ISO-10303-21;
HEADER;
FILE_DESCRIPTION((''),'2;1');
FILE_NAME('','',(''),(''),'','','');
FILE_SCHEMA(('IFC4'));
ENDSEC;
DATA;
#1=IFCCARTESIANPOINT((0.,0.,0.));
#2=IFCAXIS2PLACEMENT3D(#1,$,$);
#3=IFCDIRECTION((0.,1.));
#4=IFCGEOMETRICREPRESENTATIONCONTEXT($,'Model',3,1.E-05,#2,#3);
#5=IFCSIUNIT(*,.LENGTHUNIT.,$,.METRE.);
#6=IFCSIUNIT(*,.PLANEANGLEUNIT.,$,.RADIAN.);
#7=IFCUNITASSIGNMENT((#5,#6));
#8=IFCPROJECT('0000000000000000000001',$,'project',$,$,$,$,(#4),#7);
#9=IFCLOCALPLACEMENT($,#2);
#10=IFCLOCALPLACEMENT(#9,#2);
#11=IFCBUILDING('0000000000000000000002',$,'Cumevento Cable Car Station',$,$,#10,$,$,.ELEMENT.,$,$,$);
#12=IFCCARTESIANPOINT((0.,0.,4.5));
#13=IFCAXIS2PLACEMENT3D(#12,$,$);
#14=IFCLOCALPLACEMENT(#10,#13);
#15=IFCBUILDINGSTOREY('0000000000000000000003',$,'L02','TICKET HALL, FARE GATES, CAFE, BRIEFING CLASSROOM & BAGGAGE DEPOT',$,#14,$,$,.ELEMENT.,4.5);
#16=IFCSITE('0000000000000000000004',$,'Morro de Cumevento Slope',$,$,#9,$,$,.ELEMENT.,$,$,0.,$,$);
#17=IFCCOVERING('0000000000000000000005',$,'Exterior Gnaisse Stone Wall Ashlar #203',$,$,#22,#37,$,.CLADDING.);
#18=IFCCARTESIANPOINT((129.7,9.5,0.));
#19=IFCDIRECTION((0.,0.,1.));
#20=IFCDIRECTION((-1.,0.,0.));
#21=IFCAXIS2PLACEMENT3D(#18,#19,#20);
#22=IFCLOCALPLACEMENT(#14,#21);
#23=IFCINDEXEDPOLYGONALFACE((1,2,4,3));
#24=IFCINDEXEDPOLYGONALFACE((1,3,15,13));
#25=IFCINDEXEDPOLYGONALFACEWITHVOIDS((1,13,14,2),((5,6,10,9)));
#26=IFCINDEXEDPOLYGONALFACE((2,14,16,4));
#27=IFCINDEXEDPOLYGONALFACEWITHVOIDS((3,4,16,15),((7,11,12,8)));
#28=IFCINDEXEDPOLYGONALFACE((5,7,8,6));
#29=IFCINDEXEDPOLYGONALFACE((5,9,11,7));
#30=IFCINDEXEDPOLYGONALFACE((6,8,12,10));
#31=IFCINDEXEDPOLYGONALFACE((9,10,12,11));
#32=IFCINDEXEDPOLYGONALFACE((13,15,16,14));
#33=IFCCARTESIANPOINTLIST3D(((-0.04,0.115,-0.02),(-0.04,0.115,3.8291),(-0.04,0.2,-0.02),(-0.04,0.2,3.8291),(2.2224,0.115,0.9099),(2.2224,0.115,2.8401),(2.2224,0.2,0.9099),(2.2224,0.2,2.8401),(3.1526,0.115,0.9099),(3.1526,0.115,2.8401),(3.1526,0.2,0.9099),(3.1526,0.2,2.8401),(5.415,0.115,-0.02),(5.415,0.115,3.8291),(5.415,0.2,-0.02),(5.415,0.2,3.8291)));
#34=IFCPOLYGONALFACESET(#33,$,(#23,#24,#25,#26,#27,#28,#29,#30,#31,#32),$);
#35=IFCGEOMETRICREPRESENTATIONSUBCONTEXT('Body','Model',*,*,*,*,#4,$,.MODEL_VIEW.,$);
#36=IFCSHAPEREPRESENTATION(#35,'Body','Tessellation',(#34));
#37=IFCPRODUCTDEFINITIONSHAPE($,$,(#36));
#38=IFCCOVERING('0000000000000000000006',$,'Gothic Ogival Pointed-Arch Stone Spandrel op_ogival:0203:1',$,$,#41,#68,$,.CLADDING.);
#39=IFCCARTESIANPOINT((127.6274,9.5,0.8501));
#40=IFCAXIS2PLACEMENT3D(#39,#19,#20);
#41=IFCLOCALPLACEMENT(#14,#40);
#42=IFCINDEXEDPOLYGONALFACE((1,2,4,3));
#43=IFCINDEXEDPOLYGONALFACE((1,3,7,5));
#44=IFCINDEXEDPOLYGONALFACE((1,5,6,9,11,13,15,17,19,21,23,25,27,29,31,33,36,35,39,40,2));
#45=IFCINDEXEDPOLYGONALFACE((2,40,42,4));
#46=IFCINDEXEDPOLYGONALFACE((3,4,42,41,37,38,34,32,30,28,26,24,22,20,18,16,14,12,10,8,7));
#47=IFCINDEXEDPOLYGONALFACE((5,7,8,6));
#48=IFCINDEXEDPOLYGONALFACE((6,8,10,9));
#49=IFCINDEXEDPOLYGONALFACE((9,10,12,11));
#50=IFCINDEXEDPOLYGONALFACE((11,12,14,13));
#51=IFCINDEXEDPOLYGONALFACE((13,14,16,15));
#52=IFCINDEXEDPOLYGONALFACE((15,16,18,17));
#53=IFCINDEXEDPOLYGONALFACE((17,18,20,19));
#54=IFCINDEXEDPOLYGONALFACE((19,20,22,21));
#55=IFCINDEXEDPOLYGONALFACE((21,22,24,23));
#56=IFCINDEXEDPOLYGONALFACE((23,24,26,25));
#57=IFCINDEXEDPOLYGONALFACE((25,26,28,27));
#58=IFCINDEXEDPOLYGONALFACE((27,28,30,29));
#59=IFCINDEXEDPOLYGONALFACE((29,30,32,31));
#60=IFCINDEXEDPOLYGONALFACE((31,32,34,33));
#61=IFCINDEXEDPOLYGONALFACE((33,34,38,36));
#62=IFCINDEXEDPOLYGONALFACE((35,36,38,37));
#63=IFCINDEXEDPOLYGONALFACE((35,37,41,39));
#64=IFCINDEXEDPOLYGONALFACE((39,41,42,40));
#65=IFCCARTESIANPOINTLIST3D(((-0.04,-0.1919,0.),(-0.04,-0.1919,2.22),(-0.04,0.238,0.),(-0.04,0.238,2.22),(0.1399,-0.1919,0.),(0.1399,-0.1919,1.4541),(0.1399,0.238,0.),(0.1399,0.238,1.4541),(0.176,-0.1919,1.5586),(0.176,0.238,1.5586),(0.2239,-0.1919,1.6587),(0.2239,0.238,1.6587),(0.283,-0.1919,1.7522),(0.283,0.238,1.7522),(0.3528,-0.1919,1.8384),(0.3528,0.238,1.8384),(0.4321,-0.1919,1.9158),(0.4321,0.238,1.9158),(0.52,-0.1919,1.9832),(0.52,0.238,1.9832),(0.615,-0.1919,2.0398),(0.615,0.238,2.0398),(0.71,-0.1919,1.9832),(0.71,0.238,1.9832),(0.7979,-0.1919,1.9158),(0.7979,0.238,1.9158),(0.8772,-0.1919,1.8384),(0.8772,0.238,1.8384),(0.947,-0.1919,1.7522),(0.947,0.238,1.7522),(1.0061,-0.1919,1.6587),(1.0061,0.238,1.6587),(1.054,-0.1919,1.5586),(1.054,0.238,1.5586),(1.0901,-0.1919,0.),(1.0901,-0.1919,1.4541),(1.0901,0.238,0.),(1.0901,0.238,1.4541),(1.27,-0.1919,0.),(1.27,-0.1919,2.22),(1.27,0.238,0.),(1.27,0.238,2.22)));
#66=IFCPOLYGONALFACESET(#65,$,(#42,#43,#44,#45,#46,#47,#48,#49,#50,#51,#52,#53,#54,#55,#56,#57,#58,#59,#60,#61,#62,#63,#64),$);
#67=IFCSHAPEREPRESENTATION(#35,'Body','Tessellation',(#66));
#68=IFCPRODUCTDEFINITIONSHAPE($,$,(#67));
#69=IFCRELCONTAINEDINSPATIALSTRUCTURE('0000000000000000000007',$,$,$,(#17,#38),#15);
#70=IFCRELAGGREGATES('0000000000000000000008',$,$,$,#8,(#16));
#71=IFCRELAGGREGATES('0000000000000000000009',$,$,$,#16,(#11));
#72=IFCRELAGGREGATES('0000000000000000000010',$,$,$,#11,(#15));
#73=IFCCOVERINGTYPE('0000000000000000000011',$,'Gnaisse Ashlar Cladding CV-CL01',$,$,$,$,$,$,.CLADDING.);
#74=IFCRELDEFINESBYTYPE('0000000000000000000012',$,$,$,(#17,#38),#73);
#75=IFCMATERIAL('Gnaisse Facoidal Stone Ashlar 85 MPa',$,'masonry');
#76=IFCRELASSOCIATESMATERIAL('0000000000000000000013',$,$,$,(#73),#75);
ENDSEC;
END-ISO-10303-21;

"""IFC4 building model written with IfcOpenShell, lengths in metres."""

from ifc_helpers import new_model, si_unit, direction, frame, origin, place, context, subcontext, project, spatial, polyline, outline, extrude, material, type_object, element, save


model = new_model("IFC4")

# Units and contexts
model_context = context("Model", 3, precision=1e-05, world=origin(), true_north=direction((0.0, 1.0)))
body_context = subcontext(model_context, "Body", "Model", "MODEL_VIEW")
ifc_project = project(units=[si_unit("LENGTHUNIT", "METRE"), si_unit("PLANEANGLEUNIT", "RADIAN")], contexts=[model_context])

# Site, building, storey
site_placement = place(None, origin())
site = spatial("IfcSite", under=ifc_project, at=site_placement, Name="Morro de Cumevento Slope", CompositionType="ELEMENT", RefElevation=0.0)
building_placement = place(site_placement, origin())
building = spatial("IfcBuilding", under=site, at=building_placement, Name="Cumevento Cable Car Station", CompositionType="ELEMENT")
storey_placement = place(building_placement, frame((0.0, 0.0, 4.5)))
storey = spatial("IfcBuildingStorey", under=building, at=storey_placement, Name="L02", Description="TICKET HALL, FARE GATES, CAFE, BRIEFING CLASSROOM & BAGGAGE DEPOT", CompositionType="ELEMENT", Elevation=4.5)

# Coverings
ifc_material_1 = material(Name="Gnaisse Facoidal Stone Ashlar 85 MPa", Category="masonry")
covering_type = type_object("IfcCoveringType", Name="Gnaisse Ashlar Cladding CV-CL01", PredefinedType="CLADDING", material=ifc_material_1)
covering_1_placement = place(storey_placement, frame((129.7, 9.5, 0.0), z_axis=(0.0, 0.0, 1.0), x_axis=(-1.0, 0.0, 0.0)))
element("IfcCovering", 1, at=covering_1_placement, inside=storey, type_object=covering_type, Name="Exterior Gnaisse Stone Wall Ashlar #203", PredefinedType="CLADDING", context=body_context, shape_type="SweptSolid", body=[
    extrude(outline(polyline([(-0.04, -0.02), (5.415, -0.02), (5.415, 3.8291), (-0.04, 3.8291), (-0.04, -0.02)]), holes=[polyline([(2.2224, 0.9099), (3.1526, 0.9099), (3.1526, 2.8401), (2.2224, 2.8401), (2.2224, 0.9099)])]), frame((0.0, 0.2, 0.0), z_axis=(0.0, -1.0, 0.0), x_axis=(1.0, 0.0, 0.0)), (0.0, 0.0, 1.0), 0.085),
])
covering_2_placement = place(storey_placement, frame((127.6274, 9.5, 0.8501), z_axis=(0.0, 0.0, 1.0), x_axis=(-1.0, 0.0, 0.0)))
element("IfcCovering", 2, at=covering_2_placement, inside=storey, type_object=covering_type, Name="Gothic Ogival Pointed-Arch Stone Spandrel op_ogival:0203:1", PredefinedType="CLADDING", context=body_context, shape_type="SweptSolid", body=[
    extrude(outline(polyline([(-0.04, 0.0), (-0.04, 2.22), (1.27, 2.22), (1.27, 0.0), (1.0901, 0.0), (1.0901, 1.4541), (1.054, 1.5586), (1.0061, 1.6587), (0.947, 1.7522), (0.8772, 1.8384), (0.7979, 1.9158), (0.71, 1.9832), (0.615, 2.0398), (0.52, 1.9832), (0.4321, 1.9158), (0.3528, 1.8384), (0.283, 1.7522), (0.2239, 1.6587), (0.176, 1.5586), (0.1399, 1.4541), (0.1399, 0.0), (-0.04, 0.0)])), frame((0.0, 0.238, 0.0), z_axis=(0.0, -1.0, 0.0), x_axis=(1.0, 0.0, 0.0)), (0.0, 0.0, 1.0), 0.4299),
])

save(model, "model.ifc")
